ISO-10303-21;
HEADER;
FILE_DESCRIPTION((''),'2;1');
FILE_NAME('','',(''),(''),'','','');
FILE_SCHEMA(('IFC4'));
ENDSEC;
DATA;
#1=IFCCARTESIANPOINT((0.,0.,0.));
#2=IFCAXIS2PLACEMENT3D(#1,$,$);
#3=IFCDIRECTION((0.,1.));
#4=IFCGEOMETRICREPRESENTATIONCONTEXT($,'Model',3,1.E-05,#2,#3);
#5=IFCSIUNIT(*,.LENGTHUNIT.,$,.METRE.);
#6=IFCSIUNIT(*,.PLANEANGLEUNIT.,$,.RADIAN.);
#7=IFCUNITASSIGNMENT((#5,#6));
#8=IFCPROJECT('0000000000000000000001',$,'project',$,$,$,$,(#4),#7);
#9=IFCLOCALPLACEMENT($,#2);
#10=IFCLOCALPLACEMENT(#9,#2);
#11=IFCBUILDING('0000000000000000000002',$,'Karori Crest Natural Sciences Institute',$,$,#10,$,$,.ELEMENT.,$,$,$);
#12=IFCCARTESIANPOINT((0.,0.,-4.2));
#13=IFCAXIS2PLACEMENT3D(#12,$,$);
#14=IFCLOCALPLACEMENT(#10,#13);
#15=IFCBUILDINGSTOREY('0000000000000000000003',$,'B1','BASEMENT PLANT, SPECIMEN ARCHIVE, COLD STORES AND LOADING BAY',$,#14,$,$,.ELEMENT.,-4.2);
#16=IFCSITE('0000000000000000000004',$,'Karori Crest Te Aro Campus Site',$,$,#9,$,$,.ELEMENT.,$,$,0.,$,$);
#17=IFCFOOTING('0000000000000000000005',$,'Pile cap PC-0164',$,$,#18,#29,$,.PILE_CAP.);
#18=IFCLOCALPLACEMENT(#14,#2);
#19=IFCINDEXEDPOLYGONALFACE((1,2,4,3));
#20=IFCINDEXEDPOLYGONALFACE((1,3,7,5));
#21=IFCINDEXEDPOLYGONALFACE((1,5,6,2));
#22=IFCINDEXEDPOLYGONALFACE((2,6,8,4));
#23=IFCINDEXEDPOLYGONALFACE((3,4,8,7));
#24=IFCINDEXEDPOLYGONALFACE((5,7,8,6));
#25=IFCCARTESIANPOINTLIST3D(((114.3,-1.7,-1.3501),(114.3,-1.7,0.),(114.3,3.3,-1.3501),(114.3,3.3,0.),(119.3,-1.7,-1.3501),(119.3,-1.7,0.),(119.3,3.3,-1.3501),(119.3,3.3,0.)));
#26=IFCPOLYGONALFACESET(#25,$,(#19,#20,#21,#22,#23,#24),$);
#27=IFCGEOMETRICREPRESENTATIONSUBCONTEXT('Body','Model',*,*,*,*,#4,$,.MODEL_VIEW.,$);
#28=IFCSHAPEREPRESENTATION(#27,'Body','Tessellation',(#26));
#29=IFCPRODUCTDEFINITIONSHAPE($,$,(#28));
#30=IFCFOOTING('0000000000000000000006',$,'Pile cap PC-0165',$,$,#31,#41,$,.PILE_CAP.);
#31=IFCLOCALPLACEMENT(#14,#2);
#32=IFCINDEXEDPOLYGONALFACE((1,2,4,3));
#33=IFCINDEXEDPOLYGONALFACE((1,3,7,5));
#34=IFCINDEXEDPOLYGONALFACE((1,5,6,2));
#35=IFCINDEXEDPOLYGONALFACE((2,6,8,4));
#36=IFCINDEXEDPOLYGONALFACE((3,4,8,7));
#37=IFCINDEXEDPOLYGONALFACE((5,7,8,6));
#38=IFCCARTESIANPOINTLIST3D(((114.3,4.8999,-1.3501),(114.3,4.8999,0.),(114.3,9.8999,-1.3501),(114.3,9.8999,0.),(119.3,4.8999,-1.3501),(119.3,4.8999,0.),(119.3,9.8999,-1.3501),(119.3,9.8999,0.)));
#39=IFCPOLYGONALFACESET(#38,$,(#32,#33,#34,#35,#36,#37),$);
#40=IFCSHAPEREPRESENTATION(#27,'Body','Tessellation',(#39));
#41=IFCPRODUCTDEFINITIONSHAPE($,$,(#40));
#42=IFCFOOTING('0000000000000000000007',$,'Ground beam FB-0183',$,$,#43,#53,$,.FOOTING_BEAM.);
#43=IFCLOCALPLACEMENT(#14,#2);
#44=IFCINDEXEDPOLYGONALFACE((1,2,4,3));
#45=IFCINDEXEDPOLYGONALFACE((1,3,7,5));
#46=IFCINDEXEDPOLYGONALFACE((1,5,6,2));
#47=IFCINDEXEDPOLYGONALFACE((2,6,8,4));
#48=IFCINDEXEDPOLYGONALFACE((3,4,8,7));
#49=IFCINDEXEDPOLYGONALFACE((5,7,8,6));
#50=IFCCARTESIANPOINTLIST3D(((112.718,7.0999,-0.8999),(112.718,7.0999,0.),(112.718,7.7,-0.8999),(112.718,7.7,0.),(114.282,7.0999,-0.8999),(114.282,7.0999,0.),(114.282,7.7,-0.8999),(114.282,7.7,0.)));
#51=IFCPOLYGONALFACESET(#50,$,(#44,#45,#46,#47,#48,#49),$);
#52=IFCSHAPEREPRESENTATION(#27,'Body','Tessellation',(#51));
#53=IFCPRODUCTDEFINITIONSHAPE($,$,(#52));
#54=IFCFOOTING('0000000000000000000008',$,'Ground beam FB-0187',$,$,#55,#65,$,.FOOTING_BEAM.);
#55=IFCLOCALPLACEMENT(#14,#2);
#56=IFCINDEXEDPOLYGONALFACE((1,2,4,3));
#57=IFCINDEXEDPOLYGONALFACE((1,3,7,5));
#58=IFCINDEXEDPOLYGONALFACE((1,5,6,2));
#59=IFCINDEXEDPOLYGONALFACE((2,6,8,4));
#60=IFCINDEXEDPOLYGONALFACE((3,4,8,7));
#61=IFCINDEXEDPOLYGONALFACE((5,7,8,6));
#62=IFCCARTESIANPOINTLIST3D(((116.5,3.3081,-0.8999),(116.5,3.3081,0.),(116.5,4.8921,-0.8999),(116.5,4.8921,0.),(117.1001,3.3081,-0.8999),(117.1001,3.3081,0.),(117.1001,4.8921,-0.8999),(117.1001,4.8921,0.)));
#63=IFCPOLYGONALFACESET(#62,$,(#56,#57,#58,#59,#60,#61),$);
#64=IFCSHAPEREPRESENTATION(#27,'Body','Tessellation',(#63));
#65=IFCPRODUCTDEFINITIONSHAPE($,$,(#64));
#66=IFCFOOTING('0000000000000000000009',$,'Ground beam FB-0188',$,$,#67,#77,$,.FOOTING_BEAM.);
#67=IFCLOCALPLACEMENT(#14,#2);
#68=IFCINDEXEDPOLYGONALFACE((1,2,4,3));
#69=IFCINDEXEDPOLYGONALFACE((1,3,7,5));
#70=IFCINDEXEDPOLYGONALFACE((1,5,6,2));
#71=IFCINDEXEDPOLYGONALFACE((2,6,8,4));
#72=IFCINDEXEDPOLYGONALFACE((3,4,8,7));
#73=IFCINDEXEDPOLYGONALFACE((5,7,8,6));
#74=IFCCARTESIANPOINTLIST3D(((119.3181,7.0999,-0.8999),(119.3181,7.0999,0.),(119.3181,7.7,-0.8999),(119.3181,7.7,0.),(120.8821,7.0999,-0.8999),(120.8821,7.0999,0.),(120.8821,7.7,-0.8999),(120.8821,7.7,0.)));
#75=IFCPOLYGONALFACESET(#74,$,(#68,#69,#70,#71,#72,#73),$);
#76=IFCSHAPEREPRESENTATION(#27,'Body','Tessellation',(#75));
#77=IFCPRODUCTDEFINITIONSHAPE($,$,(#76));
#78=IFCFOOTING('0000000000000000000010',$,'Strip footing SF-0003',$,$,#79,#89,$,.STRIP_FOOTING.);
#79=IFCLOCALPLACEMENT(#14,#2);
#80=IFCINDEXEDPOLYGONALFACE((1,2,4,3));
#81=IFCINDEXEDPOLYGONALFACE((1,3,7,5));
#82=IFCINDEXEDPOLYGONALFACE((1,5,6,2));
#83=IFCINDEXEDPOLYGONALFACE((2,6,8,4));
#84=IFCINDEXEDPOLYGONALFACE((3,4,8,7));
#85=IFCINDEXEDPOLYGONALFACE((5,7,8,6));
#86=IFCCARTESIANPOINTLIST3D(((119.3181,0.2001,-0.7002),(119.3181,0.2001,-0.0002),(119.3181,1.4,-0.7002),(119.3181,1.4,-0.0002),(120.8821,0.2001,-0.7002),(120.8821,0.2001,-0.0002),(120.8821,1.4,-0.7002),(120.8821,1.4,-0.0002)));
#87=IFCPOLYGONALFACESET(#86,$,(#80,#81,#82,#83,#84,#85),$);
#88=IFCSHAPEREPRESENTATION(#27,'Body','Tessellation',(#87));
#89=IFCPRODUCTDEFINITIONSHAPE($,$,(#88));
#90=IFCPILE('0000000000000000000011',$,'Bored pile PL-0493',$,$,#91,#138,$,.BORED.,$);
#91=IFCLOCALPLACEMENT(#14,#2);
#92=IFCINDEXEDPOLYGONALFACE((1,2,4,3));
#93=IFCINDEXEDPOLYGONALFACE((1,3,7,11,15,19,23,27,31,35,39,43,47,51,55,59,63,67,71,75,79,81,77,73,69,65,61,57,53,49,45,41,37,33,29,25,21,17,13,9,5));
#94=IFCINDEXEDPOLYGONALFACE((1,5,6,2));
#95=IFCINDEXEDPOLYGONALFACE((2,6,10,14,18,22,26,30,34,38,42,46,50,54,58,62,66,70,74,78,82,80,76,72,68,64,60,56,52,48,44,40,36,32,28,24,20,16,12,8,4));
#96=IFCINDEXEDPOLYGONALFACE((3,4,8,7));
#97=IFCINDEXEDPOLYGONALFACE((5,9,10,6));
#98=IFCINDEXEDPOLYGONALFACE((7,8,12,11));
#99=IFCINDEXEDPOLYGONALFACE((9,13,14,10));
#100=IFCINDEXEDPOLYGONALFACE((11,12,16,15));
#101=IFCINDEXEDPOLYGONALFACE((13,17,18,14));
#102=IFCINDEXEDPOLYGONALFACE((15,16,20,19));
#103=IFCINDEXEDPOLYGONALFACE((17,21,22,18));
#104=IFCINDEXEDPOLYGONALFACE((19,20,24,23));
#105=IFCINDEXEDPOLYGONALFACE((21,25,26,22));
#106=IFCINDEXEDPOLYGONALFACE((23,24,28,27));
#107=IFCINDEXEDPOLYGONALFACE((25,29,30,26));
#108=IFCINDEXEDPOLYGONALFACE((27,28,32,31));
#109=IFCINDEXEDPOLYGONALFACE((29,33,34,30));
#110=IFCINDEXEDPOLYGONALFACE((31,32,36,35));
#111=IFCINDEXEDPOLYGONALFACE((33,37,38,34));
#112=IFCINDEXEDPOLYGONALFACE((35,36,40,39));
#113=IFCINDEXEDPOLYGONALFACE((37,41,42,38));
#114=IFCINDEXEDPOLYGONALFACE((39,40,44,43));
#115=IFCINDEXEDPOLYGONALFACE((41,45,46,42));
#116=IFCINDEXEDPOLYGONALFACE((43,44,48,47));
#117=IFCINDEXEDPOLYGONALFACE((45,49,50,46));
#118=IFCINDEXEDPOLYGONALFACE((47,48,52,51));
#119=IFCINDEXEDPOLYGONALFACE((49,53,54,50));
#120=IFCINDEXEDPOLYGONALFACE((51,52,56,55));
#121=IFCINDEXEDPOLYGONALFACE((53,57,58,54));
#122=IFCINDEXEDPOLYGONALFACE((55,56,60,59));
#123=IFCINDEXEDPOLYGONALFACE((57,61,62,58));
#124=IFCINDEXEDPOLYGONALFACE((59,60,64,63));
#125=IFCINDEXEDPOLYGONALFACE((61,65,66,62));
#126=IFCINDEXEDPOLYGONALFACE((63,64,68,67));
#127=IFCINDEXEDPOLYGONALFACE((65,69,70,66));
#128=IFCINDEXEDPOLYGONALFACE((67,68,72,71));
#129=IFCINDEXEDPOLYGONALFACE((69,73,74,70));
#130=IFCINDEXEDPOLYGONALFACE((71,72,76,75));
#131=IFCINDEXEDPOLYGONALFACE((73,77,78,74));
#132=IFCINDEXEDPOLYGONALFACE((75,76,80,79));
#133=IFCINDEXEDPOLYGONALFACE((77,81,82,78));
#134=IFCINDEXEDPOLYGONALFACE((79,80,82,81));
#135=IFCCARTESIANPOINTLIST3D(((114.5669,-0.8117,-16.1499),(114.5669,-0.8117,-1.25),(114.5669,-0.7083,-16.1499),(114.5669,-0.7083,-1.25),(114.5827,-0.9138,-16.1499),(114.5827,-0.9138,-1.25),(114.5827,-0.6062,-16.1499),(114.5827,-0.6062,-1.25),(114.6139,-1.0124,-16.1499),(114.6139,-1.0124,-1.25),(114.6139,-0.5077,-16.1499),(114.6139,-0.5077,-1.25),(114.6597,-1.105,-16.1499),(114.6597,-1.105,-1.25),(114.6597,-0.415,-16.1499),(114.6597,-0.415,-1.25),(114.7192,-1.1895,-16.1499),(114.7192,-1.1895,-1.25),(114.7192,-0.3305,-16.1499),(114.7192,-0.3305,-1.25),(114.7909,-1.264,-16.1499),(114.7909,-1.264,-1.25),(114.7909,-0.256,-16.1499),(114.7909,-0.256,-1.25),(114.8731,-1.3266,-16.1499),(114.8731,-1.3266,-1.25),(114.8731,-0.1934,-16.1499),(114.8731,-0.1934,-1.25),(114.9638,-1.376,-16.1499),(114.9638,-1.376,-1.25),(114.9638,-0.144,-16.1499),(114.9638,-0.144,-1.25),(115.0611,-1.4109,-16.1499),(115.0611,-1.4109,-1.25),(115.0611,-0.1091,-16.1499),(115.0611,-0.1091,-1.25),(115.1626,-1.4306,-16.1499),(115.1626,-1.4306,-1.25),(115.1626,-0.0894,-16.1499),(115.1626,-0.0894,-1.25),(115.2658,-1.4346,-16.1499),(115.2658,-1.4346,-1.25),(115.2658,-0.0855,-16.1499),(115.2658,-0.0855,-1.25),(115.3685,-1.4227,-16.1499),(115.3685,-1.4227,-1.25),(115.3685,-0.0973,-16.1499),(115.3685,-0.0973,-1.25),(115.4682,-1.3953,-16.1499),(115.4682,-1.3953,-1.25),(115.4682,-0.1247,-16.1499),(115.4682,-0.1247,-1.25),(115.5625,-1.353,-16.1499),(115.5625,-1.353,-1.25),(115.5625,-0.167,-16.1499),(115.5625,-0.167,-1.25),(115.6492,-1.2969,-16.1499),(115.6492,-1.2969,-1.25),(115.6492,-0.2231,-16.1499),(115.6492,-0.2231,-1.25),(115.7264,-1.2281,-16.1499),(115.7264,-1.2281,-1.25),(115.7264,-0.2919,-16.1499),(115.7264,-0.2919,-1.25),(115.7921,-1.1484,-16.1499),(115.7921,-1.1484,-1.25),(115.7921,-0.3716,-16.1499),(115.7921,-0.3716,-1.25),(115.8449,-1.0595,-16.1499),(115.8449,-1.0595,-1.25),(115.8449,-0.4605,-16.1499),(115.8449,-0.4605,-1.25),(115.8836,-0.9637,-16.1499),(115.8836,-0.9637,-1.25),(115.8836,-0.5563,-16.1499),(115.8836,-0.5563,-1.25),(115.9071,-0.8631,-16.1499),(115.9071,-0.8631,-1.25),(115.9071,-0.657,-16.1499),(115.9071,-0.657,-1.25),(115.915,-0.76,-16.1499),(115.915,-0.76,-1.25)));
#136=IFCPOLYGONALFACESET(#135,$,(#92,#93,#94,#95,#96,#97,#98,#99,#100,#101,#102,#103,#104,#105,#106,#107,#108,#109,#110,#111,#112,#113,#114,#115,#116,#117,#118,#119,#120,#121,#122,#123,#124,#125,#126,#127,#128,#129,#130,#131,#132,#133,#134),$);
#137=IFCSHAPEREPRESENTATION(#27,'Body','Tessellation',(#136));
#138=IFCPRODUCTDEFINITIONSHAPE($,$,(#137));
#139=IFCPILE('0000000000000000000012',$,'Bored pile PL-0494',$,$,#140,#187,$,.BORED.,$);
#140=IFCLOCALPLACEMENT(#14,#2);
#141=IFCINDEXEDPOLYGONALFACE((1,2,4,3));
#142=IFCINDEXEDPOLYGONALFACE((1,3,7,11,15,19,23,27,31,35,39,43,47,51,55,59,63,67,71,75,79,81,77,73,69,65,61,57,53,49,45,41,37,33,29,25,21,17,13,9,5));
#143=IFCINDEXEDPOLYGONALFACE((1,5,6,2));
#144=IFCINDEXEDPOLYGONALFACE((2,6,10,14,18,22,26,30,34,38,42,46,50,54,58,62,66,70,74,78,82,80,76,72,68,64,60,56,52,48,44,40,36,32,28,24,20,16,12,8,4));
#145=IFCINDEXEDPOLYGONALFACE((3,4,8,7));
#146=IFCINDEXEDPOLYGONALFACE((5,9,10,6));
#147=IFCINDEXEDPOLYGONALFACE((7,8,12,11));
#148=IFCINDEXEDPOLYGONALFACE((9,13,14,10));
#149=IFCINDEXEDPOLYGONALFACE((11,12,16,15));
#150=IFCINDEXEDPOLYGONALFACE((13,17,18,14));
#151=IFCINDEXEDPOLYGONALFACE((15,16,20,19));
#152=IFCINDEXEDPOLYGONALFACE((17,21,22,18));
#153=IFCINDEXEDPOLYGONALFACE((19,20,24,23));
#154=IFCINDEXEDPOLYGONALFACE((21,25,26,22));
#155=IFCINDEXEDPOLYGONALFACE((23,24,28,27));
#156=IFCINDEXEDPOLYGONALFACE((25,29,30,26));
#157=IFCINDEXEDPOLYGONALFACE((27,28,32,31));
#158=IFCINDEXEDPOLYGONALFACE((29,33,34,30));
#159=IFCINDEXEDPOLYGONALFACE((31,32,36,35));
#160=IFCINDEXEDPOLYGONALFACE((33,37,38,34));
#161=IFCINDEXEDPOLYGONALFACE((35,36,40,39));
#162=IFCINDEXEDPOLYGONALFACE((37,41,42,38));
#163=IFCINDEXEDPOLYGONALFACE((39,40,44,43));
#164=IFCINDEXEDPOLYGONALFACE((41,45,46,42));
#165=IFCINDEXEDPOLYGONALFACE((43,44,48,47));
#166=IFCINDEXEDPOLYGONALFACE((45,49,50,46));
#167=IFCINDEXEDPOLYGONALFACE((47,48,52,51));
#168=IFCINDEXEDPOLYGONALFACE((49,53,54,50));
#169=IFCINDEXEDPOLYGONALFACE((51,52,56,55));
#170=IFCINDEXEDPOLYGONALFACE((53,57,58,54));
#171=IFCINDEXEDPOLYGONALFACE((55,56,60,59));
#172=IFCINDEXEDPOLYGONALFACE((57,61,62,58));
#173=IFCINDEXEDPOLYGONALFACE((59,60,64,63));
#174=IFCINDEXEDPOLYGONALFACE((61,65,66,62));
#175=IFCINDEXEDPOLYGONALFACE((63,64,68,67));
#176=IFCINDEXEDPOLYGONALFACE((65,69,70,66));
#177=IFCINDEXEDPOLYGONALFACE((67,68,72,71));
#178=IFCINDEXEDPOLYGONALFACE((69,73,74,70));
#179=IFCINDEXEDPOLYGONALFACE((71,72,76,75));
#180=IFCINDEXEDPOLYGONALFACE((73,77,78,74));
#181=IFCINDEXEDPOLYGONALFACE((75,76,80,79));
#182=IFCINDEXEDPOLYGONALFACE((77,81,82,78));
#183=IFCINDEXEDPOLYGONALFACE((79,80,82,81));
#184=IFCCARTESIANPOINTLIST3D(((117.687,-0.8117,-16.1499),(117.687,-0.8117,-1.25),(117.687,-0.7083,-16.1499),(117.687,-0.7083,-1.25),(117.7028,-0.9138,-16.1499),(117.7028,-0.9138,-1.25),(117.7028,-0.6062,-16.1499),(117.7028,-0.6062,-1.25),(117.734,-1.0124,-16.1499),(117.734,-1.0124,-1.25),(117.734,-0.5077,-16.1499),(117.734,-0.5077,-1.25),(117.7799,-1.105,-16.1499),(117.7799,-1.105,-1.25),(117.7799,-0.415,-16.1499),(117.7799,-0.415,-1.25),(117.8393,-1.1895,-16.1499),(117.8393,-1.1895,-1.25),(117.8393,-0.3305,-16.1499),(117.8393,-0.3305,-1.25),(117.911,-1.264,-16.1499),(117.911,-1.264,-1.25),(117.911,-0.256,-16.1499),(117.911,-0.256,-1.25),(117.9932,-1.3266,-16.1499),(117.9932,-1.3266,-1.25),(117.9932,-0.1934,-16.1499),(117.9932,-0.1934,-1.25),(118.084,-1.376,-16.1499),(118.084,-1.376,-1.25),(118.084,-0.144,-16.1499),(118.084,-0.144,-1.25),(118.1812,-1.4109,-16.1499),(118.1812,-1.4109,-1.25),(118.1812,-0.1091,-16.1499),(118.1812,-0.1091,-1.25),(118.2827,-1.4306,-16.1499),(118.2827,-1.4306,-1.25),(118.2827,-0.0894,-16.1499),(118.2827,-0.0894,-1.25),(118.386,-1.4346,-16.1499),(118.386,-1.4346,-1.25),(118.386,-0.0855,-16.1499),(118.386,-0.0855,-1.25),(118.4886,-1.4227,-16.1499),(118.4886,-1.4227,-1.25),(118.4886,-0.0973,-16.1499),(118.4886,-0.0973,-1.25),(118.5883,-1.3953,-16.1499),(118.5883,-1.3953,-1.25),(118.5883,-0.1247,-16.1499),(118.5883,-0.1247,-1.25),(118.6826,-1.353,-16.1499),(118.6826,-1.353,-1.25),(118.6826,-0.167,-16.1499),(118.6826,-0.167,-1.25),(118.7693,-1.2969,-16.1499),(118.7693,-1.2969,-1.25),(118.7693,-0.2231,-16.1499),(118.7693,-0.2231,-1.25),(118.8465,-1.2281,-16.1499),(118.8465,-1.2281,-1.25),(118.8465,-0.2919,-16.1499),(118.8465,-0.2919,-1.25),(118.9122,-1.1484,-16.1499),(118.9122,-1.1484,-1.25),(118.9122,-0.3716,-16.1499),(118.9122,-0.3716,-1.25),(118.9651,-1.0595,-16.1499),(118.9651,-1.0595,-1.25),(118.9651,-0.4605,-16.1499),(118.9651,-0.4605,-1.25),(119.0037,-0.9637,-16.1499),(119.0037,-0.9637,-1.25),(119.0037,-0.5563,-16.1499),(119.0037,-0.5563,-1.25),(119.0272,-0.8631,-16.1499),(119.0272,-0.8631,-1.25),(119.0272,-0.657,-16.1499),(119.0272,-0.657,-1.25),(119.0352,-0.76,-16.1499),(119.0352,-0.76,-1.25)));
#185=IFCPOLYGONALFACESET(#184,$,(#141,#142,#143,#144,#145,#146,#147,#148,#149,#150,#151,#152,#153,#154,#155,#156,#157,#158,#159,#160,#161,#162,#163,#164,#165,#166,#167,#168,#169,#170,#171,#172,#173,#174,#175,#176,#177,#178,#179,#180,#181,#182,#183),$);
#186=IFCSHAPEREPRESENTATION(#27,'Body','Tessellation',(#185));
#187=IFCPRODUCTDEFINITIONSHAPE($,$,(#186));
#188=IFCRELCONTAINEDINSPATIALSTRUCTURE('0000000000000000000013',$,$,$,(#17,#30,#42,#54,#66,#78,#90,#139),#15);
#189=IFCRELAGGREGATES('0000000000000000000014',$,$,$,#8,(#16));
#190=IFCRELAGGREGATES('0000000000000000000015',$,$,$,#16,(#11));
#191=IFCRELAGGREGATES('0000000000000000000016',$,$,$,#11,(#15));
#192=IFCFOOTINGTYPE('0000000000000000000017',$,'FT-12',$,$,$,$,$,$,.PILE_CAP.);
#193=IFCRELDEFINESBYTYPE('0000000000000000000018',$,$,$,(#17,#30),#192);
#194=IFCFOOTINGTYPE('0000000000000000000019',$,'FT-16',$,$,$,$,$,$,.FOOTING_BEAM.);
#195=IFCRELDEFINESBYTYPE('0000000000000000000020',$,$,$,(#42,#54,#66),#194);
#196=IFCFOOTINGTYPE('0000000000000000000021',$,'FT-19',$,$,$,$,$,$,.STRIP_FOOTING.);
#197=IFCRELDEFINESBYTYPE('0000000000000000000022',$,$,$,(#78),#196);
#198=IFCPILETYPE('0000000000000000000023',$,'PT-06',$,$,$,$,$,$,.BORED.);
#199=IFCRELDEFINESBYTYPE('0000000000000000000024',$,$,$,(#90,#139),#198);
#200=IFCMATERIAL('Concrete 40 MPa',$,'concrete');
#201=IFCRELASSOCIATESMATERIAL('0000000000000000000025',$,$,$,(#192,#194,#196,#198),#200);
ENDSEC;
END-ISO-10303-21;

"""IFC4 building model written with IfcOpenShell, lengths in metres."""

from ifc_helpers import new_model, si_unit, direction, frame, origin, origin_2d, place, context, subcontext, project, spatial, rectangle, circle, extrude, material, material_profile, profile_set, type_object, element, save


model = new_model("IFC4")

# Units and contexts
model_context = context("Model", 3, precision=1e-05, world=origin(), true_north=direction((0.0, 1.0)))
body_context = subcontext(model_context, "Body", "Model", "MODEL_VIEW")
ifc_project = project(units=[si_unit("LENGTHUNIT", "METRE"), si_unit("PLANEANGLEUNIT", "RADIAN")], contexts=[model_context])

# Site, building, storey
site_placement = place(None, origin())
site = spatial("IfcSite", under=ifc_project, at=site_placement, Name="Karori Crest Te Aro Campus Site", CompositionType="ELEMENT", RefElevation=0.0)
building_placement = place(site_placement, origin())
building = spatial("IfcBuilding", under=site, at=building_placement, Name="Karori Crest Natural Sciences Institute", CompositionType="ELEMENT")
storey_placement = place(building_placement, frame((0.0, 0.0, -4.2)))
storey = spatial("IfcBuildingStorey", under=building, at=storey_placement, Name="B1", Description="BASEMENT PLANT, SPECIMEN ARCHIVE, COLD STORES AND LOADING BAY", CompositionType="ELEMENT", Elevation=-4.2)

# Footings
ifc_material_1 = material(Name="Concrete 40 MPa", Category="concrete")
footing_type_1 = type_object("IfcFootingType", Name="FT-12", PredefinedType="PILE_CAP", material=ifc_material_1)
for number, where, z_axis, x_axis, name in (
    (1, (116.8, 0.8, -1.3501), (0.0, 0.0, 1.0), (1.0, 0.0, 0.0), "Pile cap PC-0164"),
    (2, (116.8, 7.3999, -1.3501), (0.0, 0.0, 1.0), (1.0, 0.0, 0.0), "Pile cap PC-0165"),
):
    element("IfcFooting", number, at=place(storey_placement, frame(where, z_axis=z_axis, x_axis=x_axis)), inside=storey, type_object=footing_type_1, Name=name, PredefinedType="PILE_CAP", context=body_context, shape_type="SweptSolid", body=[
        extrude(rectangle(XDim=5.0, YDim=5.0, at=origin_2d()), origin(), (0.0, 0.0, 1.0), 1.3501),
    ])
footing_type_2 = type_object("IfcFootingType", Name="FT-16", PredefinedType="FOOTING_BEAM", material=ifc_material_1)
footing_1_placement = place(storey_placement, frame((113.5, 7.3999, -0.8999), z_axis=(0.0, 0.0, 1.0), x_axis=(1.0, 0.0, 0.0)))
element("IfcFooting", 3, at=footing_1_placement, inside=storey, type_object=footing_type_2, Name="Ground beam FB-0183", PredefinedType="FOOTING_BEAM", context=body_context, shape_type="SweptSolid", body=[
    extrude(rectangle(XDim=1.564, YDim=0.6001, at=origin_2d()), origin(), (0.0, 0.0, 1.0), 0.8999),
])
footing_2_placement = place(storey_placement, frame((116.8, 4.1001, -0.8999), z_axis=(0.0, 0.0, 1.0), x_axis=(0.0, 1.0, 0.0)))
element("IfcFooting", 4, at=footing_2_placement, inside=storey, type_object=footing_type_2, Name="Ground beam FB-0187", PredefinedType="FOOTING_BEAM", context=body_context, shape_type="SweptSolid", body=[
    extrude(rectangle(XDim=1.584, YDim=0.6001, at=origin_2d()), origin(), (0.0, 0.0, 1.0), 0.8999),
])
footing_3_placement = place(storey_placement, frame((120.1001, 7.3999, -0.8999), z_axis=(0.0, 0.0, 1.0), x_axis=(1.0, 0.0, 0.0)))
element("IfcFooting", 5, at=footing_3_placement, inside=storey, type_object=footing_type_2, Name="Ground beam FB-0188", PredefinedType="FOOTING_BEAM", context=body_context, shape_type="SweptSolid", body=[
    extrude(rectangle(XDim=1.564, YDim=0.6001, at=origin_2d()), origin(), (0.0, 0.0, 1.0), 0.8999),
])
footing_type_3 = type_object("IfcFootingType", Name="FT-19", PredefinedType="STRIP_FOOTING", material=ifc_material_1)
footing_4_placement = place(storey_placement, frame((120.1001, 0.8, -0.7002), z_axis=(0.0, 0.0, 1.0), x_axis=(1.0, 0.0, 0.0)))
element("IfcFooting", 6, at=footing_4_placement, inside=storey, type_object=footing_type_3, Name="Strip footing SF-0003", PredefinedType="STRIP_FOOTING", context=body_context, shape_type="SweptSolid", body=[
    extrude(rectangle(XDim=1.564, YDim=1.2, at=origin_2d()), origin(), (0.0, 0.0, 1.0), 0.7),
])

# Piles
ifc_material_profile_1 = material_profile(ifc_material_1, circle(Radius=0.675, at=origin_2d()), Name="PILE1350")
ifc_profile_set_1 = profile_set([ifc_material_profile_1], Name="Concrete 40 MPa")
pile_type = type_object("IfcPileType", Name="PT-06", PredefinedType="BORED", material=ifc_profile_set_1)
for number, where, z_axis, x_axis, name in (
    (7, (115.24, -0.76, -1.25), (0.0, 0.0, -1.0), (1.0, 0.0, 0.0), "Bored pile PL-0493"),
    (8, (118.3601, -0.76, -1.25), (0.0, 0.0, -1.0), (1.0, 0.0, 0.0), "Bored pile PL-0494"),
):
    element("IfcPile", number, at=place(storey_placement, frame(where, z_axis=z_axis, x_axis=x_axis)), inside=storey, type_object=pile_type, Name=name, PredefinedType="BORED", context=body_context, shape_type="SweptSolid", body=[
        extrude(circle(Radius=0.675, at=origin_2d()), origin(), (0.0, 0.0, 1.0), 14.8999),
    ])

save(model, "model.ifc")
